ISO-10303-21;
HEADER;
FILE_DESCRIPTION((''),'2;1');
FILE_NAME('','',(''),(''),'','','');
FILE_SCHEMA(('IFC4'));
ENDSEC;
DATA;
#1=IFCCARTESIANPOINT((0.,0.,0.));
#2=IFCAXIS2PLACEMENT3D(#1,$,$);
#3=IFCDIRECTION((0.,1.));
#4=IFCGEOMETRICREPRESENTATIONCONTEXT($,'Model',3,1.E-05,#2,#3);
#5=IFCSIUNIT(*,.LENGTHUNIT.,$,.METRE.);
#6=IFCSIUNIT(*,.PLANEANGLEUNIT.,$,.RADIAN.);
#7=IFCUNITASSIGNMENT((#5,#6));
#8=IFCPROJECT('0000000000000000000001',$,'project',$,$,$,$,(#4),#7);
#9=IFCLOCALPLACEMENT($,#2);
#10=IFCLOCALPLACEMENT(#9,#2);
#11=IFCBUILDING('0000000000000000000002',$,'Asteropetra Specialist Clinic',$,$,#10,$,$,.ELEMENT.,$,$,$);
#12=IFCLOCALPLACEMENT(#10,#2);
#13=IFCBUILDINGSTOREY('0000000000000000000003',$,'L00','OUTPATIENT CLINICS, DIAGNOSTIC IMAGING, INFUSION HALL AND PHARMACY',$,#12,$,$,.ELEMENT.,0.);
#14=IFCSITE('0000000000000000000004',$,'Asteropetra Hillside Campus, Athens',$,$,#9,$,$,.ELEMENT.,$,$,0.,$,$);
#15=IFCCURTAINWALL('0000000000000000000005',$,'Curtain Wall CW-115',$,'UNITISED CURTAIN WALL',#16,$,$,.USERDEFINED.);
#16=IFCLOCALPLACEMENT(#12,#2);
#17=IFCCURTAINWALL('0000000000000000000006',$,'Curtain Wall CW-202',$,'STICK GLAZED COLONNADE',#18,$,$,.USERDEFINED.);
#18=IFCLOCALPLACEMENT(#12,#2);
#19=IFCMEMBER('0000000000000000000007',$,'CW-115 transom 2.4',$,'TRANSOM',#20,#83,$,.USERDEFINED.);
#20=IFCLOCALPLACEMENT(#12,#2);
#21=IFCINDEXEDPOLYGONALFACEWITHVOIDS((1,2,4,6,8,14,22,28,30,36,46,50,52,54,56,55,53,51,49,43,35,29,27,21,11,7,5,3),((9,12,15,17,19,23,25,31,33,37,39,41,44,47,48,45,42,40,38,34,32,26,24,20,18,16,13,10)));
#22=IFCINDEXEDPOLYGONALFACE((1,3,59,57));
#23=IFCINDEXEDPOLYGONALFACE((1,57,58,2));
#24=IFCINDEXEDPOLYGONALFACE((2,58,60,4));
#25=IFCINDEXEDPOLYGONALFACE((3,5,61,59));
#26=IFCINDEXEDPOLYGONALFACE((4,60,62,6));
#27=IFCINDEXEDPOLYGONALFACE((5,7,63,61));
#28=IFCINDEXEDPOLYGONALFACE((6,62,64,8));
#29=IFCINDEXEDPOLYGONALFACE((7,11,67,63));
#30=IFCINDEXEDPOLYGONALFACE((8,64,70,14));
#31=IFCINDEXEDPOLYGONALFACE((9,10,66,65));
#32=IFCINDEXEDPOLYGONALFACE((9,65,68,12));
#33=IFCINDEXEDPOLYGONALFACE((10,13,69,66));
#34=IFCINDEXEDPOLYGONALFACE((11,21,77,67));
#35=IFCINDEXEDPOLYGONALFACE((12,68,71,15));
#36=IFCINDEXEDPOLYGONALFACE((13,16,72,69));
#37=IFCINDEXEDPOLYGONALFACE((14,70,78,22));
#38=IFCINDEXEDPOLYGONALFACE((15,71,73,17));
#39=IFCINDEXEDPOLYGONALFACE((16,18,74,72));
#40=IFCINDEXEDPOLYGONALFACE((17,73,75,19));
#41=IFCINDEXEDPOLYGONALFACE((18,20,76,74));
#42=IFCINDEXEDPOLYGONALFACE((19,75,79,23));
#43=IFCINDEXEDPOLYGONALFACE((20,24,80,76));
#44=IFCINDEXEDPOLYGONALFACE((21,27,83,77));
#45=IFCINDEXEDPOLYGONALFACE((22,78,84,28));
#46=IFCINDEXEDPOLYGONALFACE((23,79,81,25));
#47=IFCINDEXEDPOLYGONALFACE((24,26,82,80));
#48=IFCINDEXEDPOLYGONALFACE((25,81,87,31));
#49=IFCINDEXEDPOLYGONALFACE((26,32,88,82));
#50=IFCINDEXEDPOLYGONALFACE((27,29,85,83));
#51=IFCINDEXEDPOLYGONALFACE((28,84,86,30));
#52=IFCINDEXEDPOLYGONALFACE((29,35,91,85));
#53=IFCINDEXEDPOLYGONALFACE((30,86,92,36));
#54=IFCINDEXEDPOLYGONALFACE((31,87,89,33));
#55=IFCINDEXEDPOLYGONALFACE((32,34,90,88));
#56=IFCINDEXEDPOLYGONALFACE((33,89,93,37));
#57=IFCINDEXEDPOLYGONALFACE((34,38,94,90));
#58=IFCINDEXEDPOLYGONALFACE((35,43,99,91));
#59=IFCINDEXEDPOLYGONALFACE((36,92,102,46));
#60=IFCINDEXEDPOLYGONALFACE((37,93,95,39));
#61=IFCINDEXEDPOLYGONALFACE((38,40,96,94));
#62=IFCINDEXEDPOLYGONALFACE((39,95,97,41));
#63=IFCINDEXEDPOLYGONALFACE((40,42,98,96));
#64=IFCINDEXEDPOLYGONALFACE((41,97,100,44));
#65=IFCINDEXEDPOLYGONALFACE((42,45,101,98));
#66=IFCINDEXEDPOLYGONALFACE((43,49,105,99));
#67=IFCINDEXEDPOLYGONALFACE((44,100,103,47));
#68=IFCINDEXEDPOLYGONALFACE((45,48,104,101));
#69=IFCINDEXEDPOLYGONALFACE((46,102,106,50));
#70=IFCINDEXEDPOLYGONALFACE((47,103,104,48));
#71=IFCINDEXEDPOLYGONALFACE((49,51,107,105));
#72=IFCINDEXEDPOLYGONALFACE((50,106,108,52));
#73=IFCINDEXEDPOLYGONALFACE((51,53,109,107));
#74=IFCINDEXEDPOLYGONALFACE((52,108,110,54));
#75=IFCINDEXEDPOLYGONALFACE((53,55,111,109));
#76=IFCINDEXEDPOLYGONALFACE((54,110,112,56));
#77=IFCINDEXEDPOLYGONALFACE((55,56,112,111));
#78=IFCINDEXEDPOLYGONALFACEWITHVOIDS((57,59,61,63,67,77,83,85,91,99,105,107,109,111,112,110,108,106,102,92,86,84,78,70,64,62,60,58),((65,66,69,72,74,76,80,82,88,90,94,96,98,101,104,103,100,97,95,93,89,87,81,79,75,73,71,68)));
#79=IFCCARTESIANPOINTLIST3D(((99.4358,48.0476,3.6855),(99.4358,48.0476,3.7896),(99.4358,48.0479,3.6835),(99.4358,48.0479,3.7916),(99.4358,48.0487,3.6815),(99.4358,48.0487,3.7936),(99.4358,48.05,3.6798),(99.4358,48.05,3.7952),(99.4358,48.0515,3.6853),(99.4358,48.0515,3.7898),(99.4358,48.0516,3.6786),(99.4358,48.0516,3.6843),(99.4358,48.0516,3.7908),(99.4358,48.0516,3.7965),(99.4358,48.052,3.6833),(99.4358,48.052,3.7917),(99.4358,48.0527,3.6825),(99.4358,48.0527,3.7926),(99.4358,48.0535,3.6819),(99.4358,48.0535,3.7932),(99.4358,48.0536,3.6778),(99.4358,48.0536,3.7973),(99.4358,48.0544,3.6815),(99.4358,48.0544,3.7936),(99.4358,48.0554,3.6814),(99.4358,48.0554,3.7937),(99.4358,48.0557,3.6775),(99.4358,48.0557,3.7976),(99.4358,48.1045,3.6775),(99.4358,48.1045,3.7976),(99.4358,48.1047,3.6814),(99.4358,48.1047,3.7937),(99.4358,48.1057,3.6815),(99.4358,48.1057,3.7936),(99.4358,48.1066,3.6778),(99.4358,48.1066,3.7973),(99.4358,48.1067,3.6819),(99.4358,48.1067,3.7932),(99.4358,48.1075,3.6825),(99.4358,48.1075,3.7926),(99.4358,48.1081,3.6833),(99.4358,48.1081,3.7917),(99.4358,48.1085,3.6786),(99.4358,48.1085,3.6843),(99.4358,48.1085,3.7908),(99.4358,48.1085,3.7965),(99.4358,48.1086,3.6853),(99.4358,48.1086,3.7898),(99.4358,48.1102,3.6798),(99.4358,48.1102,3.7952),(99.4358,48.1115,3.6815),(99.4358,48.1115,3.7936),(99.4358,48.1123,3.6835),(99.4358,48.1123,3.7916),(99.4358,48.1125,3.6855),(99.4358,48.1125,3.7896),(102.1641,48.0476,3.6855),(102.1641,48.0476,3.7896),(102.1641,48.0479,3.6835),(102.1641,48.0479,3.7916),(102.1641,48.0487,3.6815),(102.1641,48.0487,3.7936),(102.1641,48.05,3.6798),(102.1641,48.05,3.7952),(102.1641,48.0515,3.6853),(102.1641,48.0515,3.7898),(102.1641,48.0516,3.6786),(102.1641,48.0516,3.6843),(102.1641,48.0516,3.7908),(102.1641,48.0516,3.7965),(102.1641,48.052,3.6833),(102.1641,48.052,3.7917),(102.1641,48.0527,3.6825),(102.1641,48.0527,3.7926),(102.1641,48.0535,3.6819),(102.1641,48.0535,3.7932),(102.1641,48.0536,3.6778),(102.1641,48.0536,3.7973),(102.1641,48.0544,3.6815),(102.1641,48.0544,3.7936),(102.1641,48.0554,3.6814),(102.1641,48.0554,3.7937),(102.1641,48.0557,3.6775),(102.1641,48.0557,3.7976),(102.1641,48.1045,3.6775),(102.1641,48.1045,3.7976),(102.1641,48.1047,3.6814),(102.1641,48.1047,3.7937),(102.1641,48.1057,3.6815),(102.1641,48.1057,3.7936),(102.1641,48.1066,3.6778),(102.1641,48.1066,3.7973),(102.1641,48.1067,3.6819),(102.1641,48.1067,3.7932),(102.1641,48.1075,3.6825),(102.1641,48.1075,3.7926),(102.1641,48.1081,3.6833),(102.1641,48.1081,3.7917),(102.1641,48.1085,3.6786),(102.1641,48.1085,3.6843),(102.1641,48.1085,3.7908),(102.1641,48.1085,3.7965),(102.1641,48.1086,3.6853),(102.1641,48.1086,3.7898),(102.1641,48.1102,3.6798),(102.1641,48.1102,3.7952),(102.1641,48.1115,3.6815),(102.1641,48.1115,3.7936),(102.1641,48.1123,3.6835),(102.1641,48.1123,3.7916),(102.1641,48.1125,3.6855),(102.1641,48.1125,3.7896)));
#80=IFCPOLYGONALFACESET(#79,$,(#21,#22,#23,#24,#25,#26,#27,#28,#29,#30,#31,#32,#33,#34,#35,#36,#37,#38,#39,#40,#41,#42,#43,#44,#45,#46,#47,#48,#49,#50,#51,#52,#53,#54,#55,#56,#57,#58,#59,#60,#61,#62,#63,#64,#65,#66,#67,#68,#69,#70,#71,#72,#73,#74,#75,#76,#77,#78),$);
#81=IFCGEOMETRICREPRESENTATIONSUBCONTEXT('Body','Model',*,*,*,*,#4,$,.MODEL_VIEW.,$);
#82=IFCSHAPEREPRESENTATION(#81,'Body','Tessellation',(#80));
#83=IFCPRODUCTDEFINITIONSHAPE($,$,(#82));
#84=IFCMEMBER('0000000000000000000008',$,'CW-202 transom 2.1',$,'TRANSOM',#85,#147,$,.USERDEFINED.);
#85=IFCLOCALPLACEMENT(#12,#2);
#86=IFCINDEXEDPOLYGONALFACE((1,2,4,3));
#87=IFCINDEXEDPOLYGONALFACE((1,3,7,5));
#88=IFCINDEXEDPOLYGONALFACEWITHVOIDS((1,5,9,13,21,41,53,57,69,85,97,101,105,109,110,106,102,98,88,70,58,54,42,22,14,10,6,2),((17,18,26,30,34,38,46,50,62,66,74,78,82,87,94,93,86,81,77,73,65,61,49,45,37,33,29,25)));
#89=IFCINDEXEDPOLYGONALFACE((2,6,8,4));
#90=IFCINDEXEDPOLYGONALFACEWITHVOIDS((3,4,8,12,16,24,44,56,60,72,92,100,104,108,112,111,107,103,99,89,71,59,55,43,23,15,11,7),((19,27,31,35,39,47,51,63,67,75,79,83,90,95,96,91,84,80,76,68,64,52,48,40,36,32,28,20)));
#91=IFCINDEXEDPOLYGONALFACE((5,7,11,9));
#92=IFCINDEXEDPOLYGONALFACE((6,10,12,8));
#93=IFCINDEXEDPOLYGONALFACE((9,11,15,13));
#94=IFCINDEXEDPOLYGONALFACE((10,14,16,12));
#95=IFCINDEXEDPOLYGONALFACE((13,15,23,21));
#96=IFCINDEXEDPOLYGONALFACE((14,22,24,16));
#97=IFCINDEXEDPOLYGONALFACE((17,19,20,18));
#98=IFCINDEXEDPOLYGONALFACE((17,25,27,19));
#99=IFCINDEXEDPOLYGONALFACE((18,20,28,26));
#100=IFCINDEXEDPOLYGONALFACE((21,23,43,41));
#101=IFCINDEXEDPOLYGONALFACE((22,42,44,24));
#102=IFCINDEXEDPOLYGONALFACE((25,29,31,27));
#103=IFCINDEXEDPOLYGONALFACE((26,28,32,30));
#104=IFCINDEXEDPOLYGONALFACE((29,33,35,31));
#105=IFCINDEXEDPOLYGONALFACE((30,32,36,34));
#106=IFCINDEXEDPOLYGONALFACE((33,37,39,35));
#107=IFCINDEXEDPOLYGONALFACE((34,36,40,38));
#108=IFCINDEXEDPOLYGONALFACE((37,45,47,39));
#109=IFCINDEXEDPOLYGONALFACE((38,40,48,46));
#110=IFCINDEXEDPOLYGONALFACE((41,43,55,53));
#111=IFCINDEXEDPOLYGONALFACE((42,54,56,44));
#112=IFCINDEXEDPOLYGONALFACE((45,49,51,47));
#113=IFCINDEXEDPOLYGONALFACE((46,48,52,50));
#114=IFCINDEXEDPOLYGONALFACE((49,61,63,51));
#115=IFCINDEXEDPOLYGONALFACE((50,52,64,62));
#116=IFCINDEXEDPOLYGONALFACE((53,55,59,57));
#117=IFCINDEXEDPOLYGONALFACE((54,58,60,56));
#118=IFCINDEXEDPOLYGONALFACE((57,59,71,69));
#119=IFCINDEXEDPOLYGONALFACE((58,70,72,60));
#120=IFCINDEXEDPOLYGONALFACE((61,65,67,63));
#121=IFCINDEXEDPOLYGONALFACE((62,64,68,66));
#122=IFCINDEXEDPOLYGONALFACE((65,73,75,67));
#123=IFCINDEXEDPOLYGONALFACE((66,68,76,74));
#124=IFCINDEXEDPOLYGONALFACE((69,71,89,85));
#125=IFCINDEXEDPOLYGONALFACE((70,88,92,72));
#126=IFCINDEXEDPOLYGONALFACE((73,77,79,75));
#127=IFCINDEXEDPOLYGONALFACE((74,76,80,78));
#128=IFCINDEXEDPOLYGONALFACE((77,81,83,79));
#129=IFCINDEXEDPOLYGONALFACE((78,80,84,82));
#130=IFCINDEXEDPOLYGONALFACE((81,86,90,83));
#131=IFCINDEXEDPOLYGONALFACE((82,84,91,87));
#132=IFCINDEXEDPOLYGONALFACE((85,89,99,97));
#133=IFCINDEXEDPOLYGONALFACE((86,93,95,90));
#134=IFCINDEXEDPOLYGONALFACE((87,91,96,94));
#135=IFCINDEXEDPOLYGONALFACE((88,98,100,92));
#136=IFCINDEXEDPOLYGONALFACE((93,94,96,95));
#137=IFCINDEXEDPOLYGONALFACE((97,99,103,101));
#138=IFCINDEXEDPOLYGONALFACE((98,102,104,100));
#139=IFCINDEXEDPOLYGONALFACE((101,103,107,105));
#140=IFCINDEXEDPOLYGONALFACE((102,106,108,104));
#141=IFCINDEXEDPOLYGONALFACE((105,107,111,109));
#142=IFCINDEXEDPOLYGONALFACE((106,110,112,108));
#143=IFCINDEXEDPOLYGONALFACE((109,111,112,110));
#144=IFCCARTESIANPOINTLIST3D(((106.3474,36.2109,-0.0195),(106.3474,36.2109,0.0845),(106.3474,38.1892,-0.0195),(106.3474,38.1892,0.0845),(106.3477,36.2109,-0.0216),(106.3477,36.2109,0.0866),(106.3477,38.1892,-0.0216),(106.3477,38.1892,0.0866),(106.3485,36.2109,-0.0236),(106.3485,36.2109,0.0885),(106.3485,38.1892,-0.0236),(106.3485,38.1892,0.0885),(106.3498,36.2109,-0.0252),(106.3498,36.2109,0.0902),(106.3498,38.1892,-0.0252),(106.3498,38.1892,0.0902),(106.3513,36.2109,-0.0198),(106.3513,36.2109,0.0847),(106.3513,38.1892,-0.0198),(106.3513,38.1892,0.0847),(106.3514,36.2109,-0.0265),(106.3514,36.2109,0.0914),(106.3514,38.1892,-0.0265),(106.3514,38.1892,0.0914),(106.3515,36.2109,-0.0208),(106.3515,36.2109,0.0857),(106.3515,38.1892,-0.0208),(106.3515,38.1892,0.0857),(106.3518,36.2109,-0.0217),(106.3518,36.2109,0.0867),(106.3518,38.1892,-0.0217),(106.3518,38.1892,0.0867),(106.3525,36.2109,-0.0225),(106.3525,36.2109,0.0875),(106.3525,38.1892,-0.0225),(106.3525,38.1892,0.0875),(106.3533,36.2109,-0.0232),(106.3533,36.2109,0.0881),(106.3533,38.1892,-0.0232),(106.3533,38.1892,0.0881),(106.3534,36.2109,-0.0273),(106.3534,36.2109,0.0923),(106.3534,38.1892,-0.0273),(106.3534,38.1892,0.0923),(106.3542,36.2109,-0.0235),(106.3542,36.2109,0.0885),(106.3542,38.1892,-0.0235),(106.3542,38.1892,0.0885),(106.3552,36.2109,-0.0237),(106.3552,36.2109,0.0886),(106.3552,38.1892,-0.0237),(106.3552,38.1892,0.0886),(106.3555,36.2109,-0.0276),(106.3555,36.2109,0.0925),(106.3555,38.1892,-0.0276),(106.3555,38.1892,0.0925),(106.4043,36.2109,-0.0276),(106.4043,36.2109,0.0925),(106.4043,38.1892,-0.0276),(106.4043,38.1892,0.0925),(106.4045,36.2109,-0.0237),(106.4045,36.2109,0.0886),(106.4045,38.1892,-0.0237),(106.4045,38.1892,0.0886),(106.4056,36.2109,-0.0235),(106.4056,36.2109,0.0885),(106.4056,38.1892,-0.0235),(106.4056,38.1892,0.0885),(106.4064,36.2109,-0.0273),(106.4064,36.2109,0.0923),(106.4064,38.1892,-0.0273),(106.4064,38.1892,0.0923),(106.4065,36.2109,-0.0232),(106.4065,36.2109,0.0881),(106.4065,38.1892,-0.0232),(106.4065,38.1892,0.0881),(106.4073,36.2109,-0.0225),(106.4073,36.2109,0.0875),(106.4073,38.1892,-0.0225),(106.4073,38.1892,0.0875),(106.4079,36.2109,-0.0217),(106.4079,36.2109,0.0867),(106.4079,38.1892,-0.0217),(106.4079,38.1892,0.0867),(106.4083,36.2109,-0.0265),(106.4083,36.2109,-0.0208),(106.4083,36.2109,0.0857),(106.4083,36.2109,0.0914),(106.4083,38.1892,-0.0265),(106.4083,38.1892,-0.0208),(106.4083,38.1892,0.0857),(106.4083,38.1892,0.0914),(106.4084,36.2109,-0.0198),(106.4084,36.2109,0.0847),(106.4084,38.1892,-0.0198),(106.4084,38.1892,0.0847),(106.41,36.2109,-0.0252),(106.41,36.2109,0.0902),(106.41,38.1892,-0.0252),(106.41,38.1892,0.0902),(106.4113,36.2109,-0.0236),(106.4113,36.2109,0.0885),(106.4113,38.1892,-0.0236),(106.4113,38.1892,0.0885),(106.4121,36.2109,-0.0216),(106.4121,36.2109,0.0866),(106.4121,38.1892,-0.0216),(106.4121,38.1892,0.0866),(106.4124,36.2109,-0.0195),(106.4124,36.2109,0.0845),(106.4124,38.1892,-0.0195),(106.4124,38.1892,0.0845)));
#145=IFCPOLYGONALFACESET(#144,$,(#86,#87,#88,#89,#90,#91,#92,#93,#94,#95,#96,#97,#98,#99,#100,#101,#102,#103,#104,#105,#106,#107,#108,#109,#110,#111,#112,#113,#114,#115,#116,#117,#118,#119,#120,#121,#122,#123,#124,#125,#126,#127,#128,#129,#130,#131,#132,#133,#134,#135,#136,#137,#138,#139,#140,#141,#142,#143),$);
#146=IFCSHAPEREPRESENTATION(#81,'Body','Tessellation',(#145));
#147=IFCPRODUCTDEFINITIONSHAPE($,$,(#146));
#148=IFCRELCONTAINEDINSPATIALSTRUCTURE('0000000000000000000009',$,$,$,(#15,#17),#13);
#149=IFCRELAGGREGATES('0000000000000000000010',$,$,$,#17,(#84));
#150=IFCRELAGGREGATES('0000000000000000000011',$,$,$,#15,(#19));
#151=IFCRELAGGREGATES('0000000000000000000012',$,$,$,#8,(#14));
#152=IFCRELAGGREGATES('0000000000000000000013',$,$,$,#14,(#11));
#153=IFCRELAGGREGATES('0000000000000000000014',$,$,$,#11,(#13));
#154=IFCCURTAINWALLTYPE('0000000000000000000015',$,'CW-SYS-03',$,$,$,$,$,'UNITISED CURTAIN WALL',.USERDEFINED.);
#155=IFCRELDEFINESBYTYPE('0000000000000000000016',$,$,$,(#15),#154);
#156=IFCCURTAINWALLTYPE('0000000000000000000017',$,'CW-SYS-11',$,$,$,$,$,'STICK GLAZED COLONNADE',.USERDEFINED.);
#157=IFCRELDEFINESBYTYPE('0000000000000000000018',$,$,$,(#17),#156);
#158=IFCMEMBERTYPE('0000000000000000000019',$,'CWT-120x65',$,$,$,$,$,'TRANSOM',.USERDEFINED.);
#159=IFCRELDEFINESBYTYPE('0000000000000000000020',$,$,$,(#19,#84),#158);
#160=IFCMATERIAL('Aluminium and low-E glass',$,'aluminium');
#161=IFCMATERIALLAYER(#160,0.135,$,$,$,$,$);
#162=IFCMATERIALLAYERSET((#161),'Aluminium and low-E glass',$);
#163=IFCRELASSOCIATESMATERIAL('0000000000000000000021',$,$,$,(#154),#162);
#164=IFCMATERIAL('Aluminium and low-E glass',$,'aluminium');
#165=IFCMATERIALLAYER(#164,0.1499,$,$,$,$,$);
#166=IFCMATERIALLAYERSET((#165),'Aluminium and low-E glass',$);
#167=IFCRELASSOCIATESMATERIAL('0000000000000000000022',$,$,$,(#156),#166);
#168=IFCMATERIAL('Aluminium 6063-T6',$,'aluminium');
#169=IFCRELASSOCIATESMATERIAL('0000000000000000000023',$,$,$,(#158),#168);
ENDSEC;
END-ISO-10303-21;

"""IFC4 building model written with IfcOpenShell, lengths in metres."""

from ifc_helpers import new_model, si_unit, direction, frame, origin, origin_2d, place, context, subcontext, project, spatial, hollow_rectangle, extrude, material, layer, layer_set, material_profile, profile_set, type_object, element, aggregate, save


model = new_model("IFC4")

# Units and contexts
model_context = context("Model", 3, precision=1e-05, world=origin(), true_north=direction((0.0, 1.0)))
body_context = subcontext(model_context, "Body", "Model", "MODEL_VIEW")
ifc_project = project(units=[si_unit("LENGTHUNIT", "METRE"), si_unit("PLANEANGLEUNIT", "RADIAN")], contexts=[model_context])

# Site, building, storey
site_placement = place(None, origin())
site = spatial("IfcSite", under=ifc_project, at=site_placement, Name="Asteropetra Hillside Campus, Athens", CompositionType="ELEMENT", RefElevation=0.0)
building_placement = place(site_placement, origin())
building = spatial("IfcBuilding", under=site, at=building_placement, Name="Asteropetra Specialist Clinic", CompositionType="ELEMENT")
storey_placement = place(building_placement, origin())
storey = spatial("IfcBuildingStorey", under=building, at=storey_placement, Name="L00", Description="OUTPATIENT CLINICS, DIAGNOSTIC IMAGING, INFUSION HALL AND PHARMACY", CompositionType="ELEMENT", Elevation=0.0)

# Curtain walls
ifc_material_1 = material(Name="Aluminium and low-E glass", Category="aluminium")
ifc_layer_1 = layer(ifc_material_1, 0.135)
ifc_layer_set_1 = layer_set([ifc_layer_1], Name="Aluminium and low-E glass")
curtain_wall_type_1 = type_object("IfcCurtainWallType", Name="CW-SYS-03", ElementType="UNITISED CURTAIN WALL", PredefinedType="USERDEFINED", material=ifc_layer_set_1)
curtain_wall_1_placement = place(storey_placement, origin())
curtain_wall_1 = element("IfcCurtainWall", 1, at=curtain_wall_1_placement, inside=storey, type_object=curtain_wall_type_1, Name="Curtain Wall CW-115", ObjectType="UNITISED CURTAIN WALL", PredefinedType="USERDEFINED")
ifc_material_2 = material(Name="Aluminium and low-E glass", Category="aluminium")
ifc_layer_2 = layer(ifc_material_2, 0.1499)
ifc_layer_set_2 = layer_set([ifc_layer_2], Name="Aluminium and low-E glass")
curtain_wall_type_2 = type_object("IfcCurtainWallType", Name="CW-SYS-11", ElementType="STICK GLAZED COLONNADE", PredefinedType="USERDEFINED", material=ifc_layer_set_2)
curtain_wall_2_placement = place(storey_placement, origin())
curtain_wall_2 = element("IfcCurtainWall", 2, at=curtain_wall_2_placement, inside=storey, type_object=curtain_wall_type_2, Name="Curtain Wall CW-202", ObjectType="STICK GLAZED COLONNADE", PredefinedType="USERDEFINED")

# Members
ifc_material_3 = material(Name="Aluminium 6063-T6", Category="aluminium")
ifc_material_profile_1 = material_profile(ifc_material_3, hollow_rectangle(XDim=0.0649, YDim=0.1201, WallThickness=0.0039, InnerFilletRadius=0.0039, OuterFilletRadius=0.0081, at=origin_2d()), Name="TRN 120x65x4.0")
ifc_profile_set_1 = profile_set([ifc_material_profile_1], Name="Aluminium 6063-T6")
member_type_1 = type_object("IfcMemberType", Name="CWT-120x65", ElementType="TRANSOM", PredefinedType="USERDEFINED", material=ifc_profile_set_1)
member_1_placement = place(storey_placement, frame((99.4358, 48.0801, 3.7375), z_axis=(1.0, 0.0, 0.0), x_axis=(0.0, 1.0, 0.0)))
member_1 = element("IfcMember", 3, at=member_1_placement, type_object=member_type_1, Name="CW-115 transom 2.4", ObjectType="TRANSOM", PredefinedType="USERDEFINED", context=body_context, shape_type="SweptSolid", body=[
    extrude(hollow_rectangle(XDim=0.0649, YDim=0.1201, WallThickness=0.0039, InnerFilletRadius=0.0039, OuterFilletRadius=0.0081, at=origin_2d()), origin(), (0.0, 0.0, 1.0), 2.7283),
])
member_2_placement = place(storey_placement, frame((106.3799, 38.1892, 0.0325), z_axis=(0.0, -1.0, 0.0), x_axis=(1.0, 0.0, 0.0)))
member_2 = element("IfcMember", 4, at=member_2_placement, type_object=member_type_1, Name="CW-202 transom 2.1", ObjectType="TRANSOM", PredefinedType="USERDEFINED", context=body_context, shape_type="SweptSolid", body=[
    extrude(hollow_rectangle(XDim=0.0649, YDim=0.1201, WallThickness=0.0039, InnerFilletRadius=0.0039, OuterFilletRadius=0.0081, at=origin_2d()), origin(), (0.0, 0.0, 1.0), 1.9783),
])

aggregate(curtain_wall_2, [member_2])
aggregate(curtain_wall_1, [member_1])

save(model, "model.ifc")
